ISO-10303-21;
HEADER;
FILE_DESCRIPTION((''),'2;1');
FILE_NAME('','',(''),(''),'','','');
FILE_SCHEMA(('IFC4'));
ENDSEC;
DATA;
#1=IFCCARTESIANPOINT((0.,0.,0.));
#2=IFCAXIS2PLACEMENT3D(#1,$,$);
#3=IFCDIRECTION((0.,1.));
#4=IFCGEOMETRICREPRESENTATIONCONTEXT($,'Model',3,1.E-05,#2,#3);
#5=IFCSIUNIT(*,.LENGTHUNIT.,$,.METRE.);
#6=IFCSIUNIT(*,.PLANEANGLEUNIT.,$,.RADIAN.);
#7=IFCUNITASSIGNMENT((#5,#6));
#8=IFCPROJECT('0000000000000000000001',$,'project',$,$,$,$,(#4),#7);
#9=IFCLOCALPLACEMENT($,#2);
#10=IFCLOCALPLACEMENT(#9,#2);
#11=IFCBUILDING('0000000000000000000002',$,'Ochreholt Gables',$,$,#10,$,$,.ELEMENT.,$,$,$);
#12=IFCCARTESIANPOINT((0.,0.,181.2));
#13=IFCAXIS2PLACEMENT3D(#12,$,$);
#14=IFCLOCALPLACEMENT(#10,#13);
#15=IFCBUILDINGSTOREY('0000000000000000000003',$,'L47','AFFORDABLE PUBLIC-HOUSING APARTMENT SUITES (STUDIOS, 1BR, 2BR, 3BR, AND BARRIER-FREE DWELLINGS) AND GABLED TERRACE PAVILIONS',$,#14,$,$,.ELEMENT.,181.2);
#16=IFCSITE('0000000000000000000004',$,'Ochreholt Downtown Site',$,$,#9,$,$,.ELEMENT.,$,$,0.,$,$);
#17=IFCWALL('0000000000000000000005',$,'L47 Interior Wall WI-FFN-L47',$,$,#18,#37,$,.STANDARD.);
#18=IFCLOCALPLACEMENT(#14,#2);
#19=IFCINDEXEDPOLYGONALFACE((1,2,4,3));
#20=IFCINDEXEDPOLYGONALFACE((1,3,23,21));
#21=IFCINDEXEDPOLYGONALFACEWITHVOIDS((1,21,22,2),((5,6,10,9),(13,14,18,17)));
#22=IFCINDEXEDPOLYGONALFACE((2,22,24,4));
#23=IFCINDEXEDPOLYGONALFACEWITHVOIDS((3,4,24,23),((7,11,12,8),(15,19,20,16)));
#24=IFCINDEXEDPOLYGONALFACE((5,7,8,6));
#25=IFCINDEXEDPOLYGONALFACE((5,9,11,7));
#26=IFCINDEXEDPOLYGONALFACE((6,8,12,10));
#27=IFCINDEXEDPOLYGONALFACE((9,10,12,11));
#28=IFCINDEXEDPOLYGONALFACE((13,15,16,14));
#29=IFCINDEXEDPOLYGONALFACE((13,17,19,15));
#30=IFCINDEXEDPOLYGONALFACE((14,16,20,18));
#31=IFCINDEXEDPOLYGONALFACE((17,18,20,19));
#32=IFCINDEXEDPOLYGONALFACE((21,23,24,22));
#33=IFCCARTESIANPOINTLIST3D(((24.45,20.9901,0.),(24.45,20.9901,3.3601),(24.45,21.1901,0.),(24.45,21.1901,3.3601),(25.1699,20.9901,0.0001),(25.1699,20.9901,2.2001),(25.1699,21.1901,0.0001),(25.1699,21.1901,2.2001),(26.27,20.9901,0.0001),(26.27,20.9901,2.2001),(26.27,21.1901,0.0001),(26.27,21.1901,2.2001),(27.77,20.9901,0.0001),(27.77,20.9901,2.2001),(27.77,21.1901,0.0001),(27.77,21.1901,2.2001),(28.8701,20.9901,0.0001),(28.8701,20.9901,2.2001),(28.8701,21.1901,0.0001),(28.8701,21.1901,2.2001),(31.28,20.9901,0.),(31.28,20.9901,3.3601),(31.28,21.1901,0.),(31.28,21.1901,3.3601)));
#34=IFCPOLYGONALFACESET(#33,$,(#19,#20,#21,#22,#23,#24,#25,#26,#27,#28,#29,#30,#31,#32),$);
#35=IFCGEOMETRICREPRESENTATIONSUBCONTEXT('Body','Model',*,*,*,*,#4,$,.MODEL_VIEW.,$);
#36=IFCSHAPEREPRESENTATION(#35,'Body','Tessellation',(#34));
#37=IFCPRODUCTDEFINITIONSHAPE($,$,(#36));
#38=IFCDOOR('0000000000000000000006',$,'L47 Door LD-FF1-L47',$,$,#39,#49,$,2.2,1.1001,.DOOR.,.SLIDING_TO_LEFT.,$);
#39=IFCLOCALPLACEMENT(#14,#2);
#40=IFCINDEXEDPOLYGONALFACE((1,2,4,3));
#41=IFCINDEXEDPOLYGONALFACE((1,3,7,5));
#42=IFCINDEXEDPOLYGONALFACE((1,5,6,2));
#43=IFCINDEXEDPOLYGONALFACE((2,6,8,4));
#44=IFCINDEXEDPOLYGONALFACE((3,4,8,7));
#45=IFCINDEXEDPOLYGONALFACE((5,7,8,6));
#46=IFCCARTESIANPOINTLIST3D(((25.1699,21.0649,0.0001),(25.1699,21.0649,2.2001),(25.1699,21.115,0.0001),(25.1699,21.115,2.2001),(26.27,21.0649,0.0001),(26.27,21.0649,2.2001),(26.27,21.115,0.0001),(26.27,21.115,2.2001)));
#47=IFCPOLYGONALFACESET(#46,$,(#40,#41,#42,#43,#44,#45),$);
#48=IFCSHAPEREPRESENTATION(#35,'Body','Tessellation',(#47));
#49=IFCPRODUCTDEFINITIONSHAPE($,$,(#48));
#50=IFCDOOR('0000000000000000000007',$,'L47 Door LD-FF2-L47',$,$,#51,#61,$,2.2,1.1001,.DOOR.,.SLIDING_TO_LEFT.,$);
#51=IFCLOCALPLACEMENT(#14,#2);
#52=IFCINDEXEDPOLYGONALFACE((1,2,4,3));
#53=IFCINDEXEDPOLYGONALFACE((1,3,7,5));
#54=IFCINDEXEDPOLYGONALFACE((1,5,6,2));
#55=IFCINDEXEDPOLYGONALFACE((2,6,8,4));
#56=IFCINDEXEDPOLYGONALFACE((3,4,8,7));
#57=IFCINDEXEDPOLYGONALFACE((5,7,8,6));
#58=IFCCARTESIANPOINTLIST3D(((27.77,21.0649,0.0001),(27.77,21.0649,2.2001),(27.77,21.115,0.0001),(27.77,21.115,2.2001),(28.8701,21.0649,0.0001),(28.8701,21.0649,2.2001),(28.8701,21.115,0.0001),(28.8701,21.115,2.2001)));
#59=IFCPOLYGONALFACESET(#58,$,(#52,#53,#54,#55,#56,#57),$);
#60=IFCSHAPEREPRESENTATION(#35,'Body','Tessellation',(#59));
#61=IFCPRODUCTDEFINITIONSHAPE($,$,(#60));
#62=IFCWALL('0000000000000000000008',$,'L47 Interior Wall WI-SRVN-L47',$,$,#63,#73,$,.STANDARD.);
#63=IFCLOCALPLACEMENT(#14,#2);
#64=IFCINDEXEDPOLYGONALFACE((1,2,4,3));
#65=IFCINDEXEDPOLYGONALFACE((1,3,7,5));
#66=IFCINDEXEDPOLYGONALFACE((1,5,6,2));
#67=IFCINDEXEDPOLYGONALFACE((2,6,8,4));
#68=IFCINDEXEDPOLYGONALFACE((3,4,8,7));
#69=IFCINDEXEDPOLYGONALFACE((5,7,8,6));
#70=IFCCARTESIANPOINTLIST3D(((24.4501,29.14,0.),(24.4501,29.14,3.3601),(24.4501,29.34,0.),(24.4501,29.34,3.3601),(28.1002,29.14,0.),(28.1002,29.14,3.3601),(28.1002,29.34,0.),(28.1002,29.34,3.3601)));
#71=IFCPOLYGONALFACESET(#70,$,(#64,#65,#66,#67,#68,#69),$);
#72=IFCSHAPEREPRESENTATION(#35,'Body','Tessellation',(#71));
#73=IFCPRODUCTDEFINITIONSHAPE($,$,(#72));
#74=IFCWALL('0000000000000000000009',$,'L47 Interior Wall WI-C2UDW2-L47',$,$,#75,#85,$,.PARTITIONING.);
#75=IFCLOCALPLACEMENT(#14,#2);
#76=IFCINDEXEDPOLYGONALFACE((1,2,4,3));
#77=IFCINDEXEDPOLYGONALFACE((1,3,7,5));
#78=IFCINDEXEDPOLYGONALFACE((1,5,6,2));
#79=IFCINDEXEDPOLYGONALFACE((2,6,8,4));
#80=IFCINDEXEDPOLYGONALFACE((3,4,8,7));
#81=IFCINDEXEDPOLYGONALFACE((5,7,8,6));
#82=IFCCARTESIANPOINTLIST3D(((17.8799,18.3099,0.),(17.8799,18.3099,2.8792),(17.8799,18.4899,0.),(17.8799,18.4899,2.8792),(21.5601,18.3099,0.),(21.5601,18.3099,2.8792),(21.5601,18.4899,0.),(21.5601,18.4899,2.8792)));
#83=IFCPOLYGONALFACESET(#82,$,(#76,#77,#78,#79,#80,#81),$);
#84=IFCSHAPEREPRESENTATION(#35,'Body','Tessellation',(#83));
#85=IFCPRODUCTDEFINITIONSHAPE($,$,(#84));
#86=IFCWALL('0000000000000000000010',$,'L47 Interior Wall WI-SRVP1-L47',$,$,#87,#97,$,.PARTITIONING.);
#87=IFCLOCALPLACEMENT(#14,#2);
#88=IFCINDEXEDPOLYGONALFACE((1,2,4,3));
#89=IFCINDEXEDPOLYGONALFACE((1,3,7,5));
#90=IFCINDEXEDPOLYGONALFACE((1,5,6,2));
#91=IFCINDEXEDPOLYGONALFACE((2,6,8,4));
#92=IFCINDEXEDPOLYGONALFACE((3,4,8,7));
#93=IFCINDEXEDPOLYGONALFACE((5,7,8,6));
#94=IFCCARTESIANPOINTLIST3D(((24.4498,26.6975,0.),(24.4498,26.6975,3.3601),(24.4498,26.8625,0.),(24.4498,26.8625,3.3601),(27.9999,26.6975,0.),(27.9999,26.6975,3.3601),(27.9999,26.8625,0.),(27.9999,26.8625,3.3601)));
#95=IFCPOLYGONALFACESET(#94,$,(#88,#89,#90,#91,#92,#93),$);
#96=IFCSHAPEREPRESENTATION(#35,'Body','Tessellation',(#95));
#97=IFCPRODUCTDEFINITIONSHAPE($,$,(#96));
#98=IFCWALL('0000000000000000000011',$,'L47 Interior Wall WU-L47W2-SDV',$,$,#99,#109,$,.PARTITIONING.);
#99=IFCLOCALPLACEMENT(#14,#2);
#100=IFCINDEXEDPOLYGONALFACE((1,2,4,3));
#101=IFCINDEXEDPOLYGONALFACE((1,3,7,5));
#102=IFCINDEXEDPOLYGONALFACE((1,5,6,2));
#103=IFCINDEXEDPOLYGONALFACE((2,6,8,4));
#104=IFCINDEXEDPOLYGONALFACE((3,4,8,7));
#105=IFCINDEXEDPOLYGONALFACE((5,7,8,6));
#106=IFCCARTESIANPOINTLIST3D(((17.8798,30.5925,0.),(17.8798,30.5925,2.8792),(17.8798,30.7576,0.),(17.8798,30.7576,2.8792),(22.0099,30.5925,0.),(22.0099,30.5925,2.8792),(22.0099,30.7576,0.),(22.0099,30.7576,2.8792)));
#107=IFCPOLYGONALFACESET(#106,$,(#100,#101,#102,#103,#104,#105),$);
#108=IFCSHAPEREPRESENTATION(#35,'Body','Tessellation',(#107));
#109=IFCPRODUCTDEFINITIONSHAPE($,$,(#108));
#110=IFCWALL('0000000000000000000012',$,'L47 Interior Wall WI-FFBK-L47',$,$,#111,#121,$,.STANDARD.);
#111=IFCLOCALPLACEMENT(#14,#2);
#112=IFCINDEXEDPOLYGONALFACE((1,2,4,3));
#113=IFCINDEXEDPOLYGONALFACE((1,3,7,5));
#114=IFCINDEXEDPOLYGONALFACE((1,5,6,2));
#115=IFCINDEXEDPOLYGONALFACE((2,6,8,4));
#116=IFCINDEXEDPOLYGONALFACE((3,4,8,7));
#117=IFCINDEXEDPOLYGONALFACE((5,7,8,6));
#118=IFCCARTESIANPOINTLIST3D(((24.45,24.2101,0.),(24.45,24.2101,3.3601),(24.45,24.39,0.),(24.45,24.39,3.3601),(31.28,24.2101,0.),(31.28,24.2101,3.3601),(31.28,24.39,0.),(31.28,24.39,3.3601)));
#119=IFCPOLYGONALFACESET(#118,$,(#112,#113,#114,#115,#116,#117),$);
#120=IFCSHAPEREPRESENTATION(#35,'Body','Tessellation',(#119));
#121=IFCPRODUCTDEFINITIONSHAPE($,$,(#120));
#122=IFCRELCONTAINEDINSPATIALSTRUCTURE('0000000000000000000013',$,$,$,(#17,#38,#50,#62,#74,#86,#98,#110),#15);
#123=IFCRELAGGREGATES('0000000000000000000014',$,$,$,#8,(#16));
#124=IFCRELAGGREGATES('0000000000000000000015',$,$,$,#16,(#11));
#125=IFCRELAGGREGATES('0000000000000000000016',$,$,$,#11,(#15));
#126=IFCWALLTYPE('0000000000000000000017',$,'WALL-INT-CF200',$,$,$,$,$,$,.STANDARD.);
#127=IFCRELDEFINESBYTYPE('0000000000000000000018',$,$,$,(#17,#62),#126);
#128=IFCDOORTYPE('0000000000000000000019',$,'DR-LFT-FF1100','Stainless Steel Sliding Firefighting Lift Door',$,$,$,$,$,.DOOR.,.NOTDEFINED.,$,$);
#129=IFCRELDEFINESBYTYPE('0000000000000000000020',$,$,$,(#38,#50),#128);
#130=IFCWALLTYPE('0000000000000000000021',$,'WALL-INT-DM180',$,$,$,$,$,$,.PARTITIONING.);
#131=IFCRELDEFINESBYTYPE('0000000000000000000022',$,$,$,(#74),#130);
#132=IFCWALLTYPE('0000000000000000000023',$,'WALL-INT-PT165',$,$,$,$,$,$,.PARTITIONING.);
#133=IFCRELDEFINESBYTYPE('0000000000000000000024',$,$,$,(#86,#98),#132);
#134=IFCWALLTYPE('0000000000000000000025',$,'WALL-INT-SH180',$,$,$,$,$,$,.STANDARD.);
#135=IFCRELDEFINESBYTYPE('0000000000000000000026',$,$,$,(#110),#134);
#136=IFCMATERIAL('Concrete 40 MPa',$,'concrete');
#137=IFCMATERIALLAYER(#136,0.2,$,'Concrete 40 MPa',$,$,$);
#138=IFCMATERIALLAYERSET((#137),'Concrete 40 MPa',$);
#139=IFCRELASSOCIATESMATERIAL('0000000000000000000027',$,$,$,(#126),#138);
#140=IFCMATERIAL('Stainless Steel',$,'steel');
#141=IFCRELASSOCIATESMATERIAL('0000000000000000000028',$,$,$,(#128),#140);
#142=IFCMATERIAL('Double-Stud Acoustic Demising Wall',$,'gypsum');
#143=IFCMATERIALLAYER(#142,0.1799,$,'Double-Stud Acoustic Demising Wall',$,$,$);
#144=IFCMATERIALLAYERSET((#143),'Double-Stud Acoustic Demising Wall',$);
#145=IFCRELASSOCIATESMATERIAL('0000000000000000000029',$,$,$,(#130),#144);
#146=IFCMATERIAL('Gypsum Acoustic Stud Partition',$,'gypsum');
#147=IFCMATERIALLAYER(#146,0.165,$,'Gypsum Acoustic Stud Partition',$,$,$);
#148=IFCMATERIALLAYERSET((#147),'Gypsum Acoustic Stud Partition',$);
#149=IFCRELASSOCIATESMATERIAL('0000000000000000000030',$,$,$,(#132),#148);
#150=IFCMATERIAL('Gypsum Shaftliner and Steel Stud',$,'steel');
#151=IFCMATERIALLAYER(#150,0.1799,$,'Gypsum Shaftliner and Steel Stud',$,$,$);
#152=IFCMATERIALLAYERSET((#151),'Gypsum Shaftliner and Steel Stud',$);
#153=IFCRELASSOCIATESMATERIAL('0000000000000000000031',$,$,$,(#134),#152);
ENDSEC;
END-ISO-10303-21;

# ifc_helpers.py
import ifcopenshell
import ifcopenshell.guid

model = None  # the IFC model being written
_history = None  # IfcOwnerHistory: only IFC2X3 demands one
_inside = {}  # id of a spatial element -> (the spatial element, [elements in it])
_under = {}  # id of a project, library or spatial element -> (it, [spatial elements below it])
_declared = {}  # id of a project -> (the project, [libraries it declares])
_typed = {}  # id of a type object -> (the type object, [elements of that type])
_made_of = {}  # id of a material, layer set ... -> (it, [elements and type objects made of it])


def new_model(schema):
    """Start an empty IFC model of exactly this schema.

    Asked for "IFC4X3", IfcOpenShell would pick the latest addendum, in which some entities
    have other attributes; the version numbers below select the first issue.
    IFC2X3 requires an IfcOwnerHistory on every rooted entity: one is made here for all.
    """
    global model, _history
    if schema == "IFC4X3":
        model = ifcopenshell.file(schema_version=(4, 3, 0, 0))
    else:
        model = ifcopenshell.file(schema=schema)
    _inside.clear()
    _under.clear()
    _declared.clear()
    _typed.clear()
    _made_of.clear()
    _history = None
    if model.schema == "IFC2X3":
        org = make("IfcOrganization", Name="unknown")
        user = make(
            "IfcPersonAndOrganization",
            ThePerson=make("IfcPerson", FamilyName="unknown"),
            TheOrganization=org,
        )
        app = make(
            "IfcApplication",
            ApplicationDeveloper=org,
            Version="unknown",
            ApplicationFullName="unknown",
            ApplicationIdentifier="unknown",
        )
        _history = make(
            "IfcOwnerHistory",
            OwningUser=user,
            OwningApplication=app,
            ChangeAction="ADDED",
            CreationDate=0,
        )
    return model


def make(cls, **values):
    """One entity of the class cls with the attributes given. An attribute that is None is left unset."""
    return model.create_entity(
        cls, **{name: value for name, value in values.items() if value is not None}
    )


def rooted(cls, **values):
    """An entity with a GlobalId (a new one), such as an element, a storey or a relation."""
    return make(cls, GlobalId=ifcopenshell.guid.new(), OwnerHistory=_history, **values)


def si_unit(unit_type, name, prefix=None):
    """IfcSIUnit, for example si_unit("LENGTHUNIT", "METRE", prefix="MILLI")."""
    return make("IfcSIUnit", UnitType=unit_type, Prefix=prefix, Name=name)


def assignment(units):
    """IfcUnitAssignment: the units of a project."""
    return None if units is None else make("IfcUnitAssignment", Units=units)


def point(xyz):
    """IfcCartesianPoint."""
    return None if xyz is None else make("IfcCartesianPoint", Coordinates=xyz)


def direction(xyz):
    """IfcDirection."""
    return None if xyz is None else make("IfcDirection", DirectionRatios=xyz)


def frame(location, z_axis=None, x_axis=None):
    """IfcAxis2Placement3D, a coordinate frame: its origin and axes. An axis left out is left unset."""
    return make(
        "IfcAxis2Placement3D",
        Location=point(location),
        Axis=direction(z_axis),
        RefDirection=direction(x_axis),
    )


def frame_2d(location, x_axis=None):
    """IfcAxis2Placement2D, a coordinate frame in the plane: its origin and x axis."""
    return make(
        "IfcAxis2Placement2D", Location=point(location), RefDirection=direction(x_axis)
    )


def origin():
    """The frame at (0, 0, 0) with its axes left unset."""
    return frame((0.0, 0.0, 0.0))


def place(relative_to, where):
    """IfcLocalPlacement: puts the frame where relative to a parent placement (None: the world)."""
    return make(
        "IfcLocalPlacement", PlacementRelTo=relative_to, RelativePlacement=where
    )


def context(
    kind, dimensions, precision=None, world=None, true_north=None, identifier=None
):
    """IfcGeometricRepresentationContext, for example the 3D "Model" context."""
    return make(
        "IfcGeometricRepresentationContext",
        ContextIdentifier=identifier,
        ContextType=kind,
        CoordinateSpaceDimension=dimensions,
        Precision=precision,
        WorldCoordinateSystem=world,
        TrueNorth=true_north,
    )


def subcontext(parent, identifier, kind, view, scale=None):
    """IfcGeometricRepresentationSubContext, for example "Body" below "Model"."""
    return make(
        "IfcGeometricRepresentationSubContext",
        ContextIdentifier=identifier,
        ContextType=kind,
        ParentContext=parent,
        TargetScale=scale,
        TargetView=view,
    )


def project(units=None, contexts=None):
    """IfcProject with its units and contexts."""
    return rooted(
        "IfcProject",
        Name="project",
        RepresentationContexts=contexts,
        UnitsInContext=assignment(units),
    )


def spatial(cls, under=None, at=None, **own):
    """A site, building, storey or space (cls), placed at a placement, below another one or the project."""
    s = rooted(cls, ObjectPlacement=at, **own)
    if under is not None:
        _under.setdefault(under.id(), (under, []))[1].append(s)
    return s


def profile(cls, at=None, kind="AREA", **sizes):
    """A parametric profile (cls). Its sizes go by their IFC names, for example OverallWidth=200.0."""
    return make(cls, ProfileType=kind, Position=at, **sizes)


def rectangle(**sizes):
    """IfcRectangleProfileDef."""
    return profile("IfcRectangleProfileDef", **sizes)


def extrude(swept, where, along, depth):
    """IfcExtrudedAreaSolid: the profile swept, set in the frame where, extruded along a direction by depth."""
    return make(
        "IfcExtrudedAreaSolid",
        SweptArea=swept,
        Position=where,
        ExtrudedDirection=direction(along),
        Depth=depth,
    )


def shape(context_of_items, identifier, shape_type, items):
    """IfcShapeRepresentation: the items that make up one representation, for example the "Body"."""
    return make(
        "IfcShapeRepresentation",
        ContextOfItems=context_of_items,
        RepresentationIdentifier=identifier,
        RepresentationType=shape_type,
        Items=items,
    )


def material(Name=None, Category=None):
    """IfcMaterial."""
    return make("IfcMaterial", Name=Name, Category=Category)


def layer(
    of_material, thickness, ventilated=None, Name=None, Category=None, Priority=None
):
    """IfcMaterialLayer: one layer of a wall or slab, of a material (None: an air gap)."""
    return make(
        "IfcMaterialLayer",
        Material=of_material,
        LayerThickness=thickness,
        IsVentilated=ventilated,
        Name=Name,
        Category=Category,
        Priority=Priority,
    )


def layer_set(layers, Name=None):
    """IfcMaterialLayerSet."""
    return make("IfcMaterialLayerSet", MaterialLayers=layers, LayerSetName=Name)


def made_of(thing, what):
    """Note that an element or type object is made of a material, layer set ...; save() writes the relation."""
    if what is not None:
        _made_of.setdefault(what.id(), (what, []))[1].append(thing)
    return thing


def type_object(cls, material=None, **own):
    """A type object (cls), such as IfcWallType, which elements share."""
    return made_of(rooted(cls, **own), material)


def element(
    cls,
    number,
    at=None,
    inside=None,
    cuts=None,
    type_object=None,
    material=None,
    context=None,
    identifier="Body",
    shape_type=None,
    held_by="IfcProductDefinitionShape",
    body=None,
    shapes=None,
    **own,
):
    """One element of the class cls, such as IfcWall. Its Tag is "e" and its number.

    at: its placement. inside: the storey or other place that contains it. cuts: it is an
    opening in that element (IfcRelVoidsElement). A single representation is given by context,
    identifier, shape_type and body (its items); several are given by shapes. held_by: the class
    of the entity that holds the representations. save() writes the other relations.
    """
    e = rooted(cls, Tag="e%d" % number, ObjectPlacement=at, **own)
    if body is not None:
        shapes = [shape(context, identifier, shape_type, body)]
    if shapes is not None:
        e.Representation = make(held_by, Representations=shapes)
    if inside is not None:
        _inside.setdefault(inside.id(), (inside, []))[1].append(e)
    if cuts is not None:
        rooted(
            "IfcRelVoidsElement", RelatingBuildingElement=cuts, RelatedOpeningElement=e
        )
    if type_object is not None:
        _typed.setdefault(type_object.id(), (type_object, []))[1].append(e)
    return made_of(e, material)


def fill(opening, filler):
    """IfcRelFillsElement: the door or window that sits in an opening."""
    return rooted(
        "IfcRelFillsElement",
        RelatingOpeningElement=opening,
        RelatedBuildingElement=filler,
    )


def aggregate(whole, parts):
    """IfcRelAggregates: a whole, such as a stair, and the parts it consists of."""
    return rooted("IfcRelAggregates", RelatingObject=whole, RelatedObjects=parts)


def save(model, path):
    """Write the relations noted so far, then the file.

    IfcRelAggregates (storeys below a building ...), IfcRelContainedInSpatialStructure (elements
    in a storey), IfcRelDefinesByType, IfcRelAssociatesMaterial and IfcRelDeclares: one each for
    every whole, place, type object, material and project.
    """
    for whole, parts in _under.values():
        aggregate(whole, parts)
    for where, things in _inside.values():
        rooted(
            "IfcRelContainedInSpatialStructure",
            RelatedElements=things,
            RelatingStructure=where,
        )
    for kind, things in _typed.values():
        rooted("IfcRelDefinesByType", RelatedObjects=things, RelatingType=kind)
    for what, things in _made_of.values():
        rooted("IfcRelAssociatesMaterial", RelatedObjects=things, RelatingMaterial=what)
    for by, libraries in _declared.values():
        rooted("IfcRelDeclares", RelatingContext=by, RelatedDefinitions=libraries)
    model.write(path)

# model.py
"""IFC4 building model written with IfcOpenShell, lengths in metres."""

from ifc_helpers import new_model, si_unit, direction, frame, frame_2d, origin, place, context, subcontext, project, spatial, rectangle, extrude, material, layer, layer_set, type_object, element, fill, save


model = new_model("IFC4")

# Units and contexts
model_context = context("Model", 3, precision=1e-05, world=origin(), true_north=direction((0.0, 1.0)))
body_context = subcontext(model_context, "Body", "Model", "MODEL_VIEW")
ifc_project = project(units=[si_unit("LENGTHUNIT", "METRE"), si_unit("PLANEANGLEUNIT", "RADIAN")], contexts=[model_context])

# Site, building, storey
site_placement = place(None, origin())
site = spatial("IfcSite", under=ifc_project, at=site_placement, Name="Ochreholt Downtown Site", CompositionType="ELEMENT", RefElevation=0.0)
building_placement = place(site_placement, origin())
building = spatial("IfcBuilding", under=site, at=building_placement, Name="Ochreholt Gables", CompositionType="ELEMENT")
storey_placement = place(building_placement, frame((0.0, 0.0, 181.2)))
storey = spatial("IfcBuildingStorey", under=building, at=storey_placement, Name="L47", Description="AFFORDABLE PUBLIC-HOUSING APARTMENT SUITES (STUDIOS, 1BR, 2BR, 3BR, AND BARRIER-FREE DWELLINGS) AND GABLED TERRACE PAVILIONS", CompositionType="ELEMENT", Elevation=181.2)

# Wall, openings, doors
ifc_material_1 = material(Name="Concrete 40 MPa", Category="concrete")
ifc_layer_1 = layer(ifc_material_1, 0.2, Name="Concrete 40 MPa")
ifc_layer_set_1 = layer_set([ifc_layer_1], Name="Concrete 40 MPa")
wall_type_1 = type_object("IfcWallType", Name="WALL-INT-CF200", PredefinedType="STANDARD", material=ifc_layer_set_1)
wall_1_placement = place(storey_placement, frame((24.45, 21.0901, 0.0), z_axis=(0.0, 0.0, 1.0), x_axis=(1.0, 0.0, 0.0)))
wall_1 = element("IfcWall", 1, at=wall_1_placement, inside=storey, type_object=wall_type_1, Name="L47 Interior Wall WI-FFN-L47", PredefinedType="STANDARD", context=body_context, shape_type="SweptSolid", body=[
    extrude(rectangle(XDim=6.8301, YDim=0.2, at=frame_2d((3.415, 0.0))), origin(), (0.0, 0.0, 1.0), 3.3601),
])
opening_1_placement = place(wall_1_placement, frame((0.72, 0.0, 0.0)))
opening_1 = element("IfcOpeningElement", 2, at=opening_1_placement, cuts=wall_1, PredefinedType="OPENING", context=body_context, shape_type="SweptSolid", body=[
    extrude(rectangle(XDim=1.1001, YDim=2.2, at=frame_2d((0.55, 1.1001))), frame((0.0, 0.1099, 0.0), z_axis=(0.0, -1.0, 0.0), x_axis=(1.0, 0.0, 0.0)), (0.0, 0.0, 1.0), 0.22),
])
opening_2_placement = place(wall_1_placement, frame((3.3201, 0.0, 0.0)))
opening_2 = element("IfcOpeningElement", 3, at=opening_2_placement, cuts=wall_1, PredefinedType="OPENING", context=body_context, shape_type="SweptSolid", body=[
    extrude(rectangle(XDim=1.1001, YDim=2.2, at=frame_2d((0.55, 1.1001))), frame((0.0, 0.1099, 0.0), z_axis=(0.0, -1.0, 0.0), x_axis=(1.0, 0.0, 0.0)), (0.0, 0.0, 1.0), 0.22),
])
ifc_material_2 = material(Name="Stainless Steel", Category="steel")
door_type = type_object("IfcDoorType", Name="DR-LFT-FF1100", Description="Stainless Steel Sliding Firefighting Lift Door", OperationType="NOTDEFINED", PredefinedType="DOOR", material=ifc_material_2)
door_1_placement = place(opening_1_placement, origin())
door_1 = element("IfcDoor", 4, at=door_1_placement, inside=storey, type_object=door_type, Name="L47 Door LD-FF1-L47", OperationType="SLIDING_TO_LEFT", OverallHeight=2.2, OverallWidth=1.1001, PredefinedType="DOOR", context=body_context, shape_type="SweptSolid", body=[
    extrude(rectangle(XDim=1.1001, YDim=2.2, at=frame_2d((0.55, 1.1001))), frame((0.0, 0.0249, 0.0), z_axis=(0.0, -1.0, 0.0), x_axis=(1.0, 0.0, 0.0)), (0.0, 0.0, 1.0), 0.05),
])
fill(opening_1, door_1)
door_2_placement = place(opening_2_placement, origin())
door_2 = element("IfcDoor", 5, at=door_2_placement, inside=storey, type_object=door_type, Name="L47 Door LD-FF2-L47", OperationType="SLIDING_TO_LEFT", OverallHeight=2.2, OverallWidth=1.1001, PredefinedType="DOOR", context=body_context, shape_type="SweptSolid", body=[
    extrude(rectangle(XDim=1.1001, YDim=2.2, at=frame_2d((0.55, 1.1001))), frame((0.0, 0.0249, 0.0), z_axis=(0.0, -1.0, 0.0), x_axis=(1.0, 0.0, 0.0)), (0.0, 0.0, 1.0), 0.05),
])
fill(opening_2, door_2)

# Walls
wall_2_placement = place(storey_placement, frame((24.45, 29.24, 0.0), z_axis=(0.0, 0.0, 1.0), x_axis=(1.0, 0.0, 0.0)))
element("IfcWall", 6, at=wall_2_placement, inside=storey, type_object=wall_type_1, Name="L47 Interior Wall WI-SRVN-L47", PredefinedType="STANDARD", context=body_context, shape_type="SweptSolid", body=[
    extrude(rectangle(XDim=3.6501, YDim=0.2, at=frame_2d((1.8252, 0.0))), origin(), (0.0, 0.0, 1.0), 3.3601),
])
ifc_material_3 = material(Name="Double-Stud Acoustic Demising Wall", Category="gypsum")
ifc_layer_2 = layer(ifc_material_3, 0.1799, Name="Double-Stud Acoustic Demising Wall")
ifc_layer_set_2 = layer_set([ifc_layer_2], Name="Double-Stud Acoustic Demising Wall")
wall_type_2 = type_object("IfcWallType", Name="WALL-INT-DM180", PredefinedType="PARTITIONING", material=ifc_layer_set_2)
wall_3_placement = place(storey_placement, frame((17.8799, 18.3999, 0.0), z_axis=(0.0, 0.0, 1.0), x_axis=(1.0, 0.0, 0.0)))
element("IfcWall", 7, at=wall_3_placement, inside=storey, type_object=wall_type_2, Name="L47 Interior Wall WI-C2UDW2-L47", PredefinedType="PARTITIONING", context=body_context, shape_type="SweptSolid", body=[
    extrude(rectangle(XDim=3.6802, YDim=0.1799, at=frame_2d((1.8401, 0.0))), origin(), (0.0, 0.0, 1.0), 2.8792),
])
ifc_material_4 = material(Name="Gypsum Acoustic Stud Partition", Category="gypsum")
ifc_layer_3 = layer(ifc_material_4, 0.165, Name="Gypsum Acoustic Stud Partition")
ifc_layer_set_3 = layer_set([ifc_layer_3], Name="Gypsum Acoustic Stud Partition")
wall_type_3 = type_object("IfcWallType", Name="WALL-INT-PT165", PredefinedType="PARTITIONING", material=ifc_layer_set_3)
wall_4_placement = place(storey_placement, frame((24.45, 26.78, 0.0), z_axis=(0.0, 0.0, 1.0), x_axis=(1.0, 0.0, 0.0)))
element("IfcWall", 8, at=wall_4_placement, inside=storey, type_object=wall_type_3, Name="L47 Interior Wall WI-SRVP1-L47", PredefinedType="PARTITIONING", context=body_context, shape_type="SweptSolid", body=[
    extrude(rectangle(XDim=3.55, YDim=0.165, at=frame_2d((1.7749, 0.0))), origin(), (0.0, 0.0, 1.0), 3.3601),
])
wall_5_placement = place(storey_placement, frame((17.8799, 30.675, 0.0), z_axis=(0.0, 0.0, 1.0), x_axis=(1.0, 0.0, 0.0)))
element("IfcWall", 9, at=wall_5_placement, inside=storey, type_object=wall_type_3, Name="L47 Interior Wall WU-L47W2-SDV", PredefinedType="PARTITIONING", context=body_context, shape_type="SweptSolid", body=[
    extrude(rectangle(XDim=4.1301, YDim=0.165, at=frame_2d((2.0649, 0.0))), origin(), (0.0, 0.0, 1.0), 2.8792),
])
ifc_material_5 = material(Name="Gypsum Shaftliner and Steel Stud", Category="steel")
ifc_layer_4 = layer(ifc_material_5, 0.1799, Name="Gypsum Shaftliner and Steel Stud")
ifc_layer_set_4 = layer_set([ifc_layer_4], Name="Gypsum Shaftliner and Steel Stud")
wall_type_4 = type_object("IfcWallType", Name="WALL-INT-SH180", PredefinedType="STANDARD", material=ifc_layer_set_4)
wall_6_placement = place(storey_placement, frame((24.45, 24.3, 0.0), z_axis=(0.0, 0.0, 1.0), x_axis=(1.0, 0.0, 0.0)))
element("IfcWall", 10, at=wall_6_placement, inside=storey, type_object=wall_type_4, Name="L47 Interior Wall WI-FFBK-L47", PredefinedType="STANDARD", context=body_context, shape_type="SweptSolid", body=[
    extrude(rectangle(XDim=6.8301, YDim=0.1799, at=frame_2d((3.415, 0.0))), origin(), (0.0, 0.0, 1.0), 3.3601),
])

save(model, "model.ifc")
